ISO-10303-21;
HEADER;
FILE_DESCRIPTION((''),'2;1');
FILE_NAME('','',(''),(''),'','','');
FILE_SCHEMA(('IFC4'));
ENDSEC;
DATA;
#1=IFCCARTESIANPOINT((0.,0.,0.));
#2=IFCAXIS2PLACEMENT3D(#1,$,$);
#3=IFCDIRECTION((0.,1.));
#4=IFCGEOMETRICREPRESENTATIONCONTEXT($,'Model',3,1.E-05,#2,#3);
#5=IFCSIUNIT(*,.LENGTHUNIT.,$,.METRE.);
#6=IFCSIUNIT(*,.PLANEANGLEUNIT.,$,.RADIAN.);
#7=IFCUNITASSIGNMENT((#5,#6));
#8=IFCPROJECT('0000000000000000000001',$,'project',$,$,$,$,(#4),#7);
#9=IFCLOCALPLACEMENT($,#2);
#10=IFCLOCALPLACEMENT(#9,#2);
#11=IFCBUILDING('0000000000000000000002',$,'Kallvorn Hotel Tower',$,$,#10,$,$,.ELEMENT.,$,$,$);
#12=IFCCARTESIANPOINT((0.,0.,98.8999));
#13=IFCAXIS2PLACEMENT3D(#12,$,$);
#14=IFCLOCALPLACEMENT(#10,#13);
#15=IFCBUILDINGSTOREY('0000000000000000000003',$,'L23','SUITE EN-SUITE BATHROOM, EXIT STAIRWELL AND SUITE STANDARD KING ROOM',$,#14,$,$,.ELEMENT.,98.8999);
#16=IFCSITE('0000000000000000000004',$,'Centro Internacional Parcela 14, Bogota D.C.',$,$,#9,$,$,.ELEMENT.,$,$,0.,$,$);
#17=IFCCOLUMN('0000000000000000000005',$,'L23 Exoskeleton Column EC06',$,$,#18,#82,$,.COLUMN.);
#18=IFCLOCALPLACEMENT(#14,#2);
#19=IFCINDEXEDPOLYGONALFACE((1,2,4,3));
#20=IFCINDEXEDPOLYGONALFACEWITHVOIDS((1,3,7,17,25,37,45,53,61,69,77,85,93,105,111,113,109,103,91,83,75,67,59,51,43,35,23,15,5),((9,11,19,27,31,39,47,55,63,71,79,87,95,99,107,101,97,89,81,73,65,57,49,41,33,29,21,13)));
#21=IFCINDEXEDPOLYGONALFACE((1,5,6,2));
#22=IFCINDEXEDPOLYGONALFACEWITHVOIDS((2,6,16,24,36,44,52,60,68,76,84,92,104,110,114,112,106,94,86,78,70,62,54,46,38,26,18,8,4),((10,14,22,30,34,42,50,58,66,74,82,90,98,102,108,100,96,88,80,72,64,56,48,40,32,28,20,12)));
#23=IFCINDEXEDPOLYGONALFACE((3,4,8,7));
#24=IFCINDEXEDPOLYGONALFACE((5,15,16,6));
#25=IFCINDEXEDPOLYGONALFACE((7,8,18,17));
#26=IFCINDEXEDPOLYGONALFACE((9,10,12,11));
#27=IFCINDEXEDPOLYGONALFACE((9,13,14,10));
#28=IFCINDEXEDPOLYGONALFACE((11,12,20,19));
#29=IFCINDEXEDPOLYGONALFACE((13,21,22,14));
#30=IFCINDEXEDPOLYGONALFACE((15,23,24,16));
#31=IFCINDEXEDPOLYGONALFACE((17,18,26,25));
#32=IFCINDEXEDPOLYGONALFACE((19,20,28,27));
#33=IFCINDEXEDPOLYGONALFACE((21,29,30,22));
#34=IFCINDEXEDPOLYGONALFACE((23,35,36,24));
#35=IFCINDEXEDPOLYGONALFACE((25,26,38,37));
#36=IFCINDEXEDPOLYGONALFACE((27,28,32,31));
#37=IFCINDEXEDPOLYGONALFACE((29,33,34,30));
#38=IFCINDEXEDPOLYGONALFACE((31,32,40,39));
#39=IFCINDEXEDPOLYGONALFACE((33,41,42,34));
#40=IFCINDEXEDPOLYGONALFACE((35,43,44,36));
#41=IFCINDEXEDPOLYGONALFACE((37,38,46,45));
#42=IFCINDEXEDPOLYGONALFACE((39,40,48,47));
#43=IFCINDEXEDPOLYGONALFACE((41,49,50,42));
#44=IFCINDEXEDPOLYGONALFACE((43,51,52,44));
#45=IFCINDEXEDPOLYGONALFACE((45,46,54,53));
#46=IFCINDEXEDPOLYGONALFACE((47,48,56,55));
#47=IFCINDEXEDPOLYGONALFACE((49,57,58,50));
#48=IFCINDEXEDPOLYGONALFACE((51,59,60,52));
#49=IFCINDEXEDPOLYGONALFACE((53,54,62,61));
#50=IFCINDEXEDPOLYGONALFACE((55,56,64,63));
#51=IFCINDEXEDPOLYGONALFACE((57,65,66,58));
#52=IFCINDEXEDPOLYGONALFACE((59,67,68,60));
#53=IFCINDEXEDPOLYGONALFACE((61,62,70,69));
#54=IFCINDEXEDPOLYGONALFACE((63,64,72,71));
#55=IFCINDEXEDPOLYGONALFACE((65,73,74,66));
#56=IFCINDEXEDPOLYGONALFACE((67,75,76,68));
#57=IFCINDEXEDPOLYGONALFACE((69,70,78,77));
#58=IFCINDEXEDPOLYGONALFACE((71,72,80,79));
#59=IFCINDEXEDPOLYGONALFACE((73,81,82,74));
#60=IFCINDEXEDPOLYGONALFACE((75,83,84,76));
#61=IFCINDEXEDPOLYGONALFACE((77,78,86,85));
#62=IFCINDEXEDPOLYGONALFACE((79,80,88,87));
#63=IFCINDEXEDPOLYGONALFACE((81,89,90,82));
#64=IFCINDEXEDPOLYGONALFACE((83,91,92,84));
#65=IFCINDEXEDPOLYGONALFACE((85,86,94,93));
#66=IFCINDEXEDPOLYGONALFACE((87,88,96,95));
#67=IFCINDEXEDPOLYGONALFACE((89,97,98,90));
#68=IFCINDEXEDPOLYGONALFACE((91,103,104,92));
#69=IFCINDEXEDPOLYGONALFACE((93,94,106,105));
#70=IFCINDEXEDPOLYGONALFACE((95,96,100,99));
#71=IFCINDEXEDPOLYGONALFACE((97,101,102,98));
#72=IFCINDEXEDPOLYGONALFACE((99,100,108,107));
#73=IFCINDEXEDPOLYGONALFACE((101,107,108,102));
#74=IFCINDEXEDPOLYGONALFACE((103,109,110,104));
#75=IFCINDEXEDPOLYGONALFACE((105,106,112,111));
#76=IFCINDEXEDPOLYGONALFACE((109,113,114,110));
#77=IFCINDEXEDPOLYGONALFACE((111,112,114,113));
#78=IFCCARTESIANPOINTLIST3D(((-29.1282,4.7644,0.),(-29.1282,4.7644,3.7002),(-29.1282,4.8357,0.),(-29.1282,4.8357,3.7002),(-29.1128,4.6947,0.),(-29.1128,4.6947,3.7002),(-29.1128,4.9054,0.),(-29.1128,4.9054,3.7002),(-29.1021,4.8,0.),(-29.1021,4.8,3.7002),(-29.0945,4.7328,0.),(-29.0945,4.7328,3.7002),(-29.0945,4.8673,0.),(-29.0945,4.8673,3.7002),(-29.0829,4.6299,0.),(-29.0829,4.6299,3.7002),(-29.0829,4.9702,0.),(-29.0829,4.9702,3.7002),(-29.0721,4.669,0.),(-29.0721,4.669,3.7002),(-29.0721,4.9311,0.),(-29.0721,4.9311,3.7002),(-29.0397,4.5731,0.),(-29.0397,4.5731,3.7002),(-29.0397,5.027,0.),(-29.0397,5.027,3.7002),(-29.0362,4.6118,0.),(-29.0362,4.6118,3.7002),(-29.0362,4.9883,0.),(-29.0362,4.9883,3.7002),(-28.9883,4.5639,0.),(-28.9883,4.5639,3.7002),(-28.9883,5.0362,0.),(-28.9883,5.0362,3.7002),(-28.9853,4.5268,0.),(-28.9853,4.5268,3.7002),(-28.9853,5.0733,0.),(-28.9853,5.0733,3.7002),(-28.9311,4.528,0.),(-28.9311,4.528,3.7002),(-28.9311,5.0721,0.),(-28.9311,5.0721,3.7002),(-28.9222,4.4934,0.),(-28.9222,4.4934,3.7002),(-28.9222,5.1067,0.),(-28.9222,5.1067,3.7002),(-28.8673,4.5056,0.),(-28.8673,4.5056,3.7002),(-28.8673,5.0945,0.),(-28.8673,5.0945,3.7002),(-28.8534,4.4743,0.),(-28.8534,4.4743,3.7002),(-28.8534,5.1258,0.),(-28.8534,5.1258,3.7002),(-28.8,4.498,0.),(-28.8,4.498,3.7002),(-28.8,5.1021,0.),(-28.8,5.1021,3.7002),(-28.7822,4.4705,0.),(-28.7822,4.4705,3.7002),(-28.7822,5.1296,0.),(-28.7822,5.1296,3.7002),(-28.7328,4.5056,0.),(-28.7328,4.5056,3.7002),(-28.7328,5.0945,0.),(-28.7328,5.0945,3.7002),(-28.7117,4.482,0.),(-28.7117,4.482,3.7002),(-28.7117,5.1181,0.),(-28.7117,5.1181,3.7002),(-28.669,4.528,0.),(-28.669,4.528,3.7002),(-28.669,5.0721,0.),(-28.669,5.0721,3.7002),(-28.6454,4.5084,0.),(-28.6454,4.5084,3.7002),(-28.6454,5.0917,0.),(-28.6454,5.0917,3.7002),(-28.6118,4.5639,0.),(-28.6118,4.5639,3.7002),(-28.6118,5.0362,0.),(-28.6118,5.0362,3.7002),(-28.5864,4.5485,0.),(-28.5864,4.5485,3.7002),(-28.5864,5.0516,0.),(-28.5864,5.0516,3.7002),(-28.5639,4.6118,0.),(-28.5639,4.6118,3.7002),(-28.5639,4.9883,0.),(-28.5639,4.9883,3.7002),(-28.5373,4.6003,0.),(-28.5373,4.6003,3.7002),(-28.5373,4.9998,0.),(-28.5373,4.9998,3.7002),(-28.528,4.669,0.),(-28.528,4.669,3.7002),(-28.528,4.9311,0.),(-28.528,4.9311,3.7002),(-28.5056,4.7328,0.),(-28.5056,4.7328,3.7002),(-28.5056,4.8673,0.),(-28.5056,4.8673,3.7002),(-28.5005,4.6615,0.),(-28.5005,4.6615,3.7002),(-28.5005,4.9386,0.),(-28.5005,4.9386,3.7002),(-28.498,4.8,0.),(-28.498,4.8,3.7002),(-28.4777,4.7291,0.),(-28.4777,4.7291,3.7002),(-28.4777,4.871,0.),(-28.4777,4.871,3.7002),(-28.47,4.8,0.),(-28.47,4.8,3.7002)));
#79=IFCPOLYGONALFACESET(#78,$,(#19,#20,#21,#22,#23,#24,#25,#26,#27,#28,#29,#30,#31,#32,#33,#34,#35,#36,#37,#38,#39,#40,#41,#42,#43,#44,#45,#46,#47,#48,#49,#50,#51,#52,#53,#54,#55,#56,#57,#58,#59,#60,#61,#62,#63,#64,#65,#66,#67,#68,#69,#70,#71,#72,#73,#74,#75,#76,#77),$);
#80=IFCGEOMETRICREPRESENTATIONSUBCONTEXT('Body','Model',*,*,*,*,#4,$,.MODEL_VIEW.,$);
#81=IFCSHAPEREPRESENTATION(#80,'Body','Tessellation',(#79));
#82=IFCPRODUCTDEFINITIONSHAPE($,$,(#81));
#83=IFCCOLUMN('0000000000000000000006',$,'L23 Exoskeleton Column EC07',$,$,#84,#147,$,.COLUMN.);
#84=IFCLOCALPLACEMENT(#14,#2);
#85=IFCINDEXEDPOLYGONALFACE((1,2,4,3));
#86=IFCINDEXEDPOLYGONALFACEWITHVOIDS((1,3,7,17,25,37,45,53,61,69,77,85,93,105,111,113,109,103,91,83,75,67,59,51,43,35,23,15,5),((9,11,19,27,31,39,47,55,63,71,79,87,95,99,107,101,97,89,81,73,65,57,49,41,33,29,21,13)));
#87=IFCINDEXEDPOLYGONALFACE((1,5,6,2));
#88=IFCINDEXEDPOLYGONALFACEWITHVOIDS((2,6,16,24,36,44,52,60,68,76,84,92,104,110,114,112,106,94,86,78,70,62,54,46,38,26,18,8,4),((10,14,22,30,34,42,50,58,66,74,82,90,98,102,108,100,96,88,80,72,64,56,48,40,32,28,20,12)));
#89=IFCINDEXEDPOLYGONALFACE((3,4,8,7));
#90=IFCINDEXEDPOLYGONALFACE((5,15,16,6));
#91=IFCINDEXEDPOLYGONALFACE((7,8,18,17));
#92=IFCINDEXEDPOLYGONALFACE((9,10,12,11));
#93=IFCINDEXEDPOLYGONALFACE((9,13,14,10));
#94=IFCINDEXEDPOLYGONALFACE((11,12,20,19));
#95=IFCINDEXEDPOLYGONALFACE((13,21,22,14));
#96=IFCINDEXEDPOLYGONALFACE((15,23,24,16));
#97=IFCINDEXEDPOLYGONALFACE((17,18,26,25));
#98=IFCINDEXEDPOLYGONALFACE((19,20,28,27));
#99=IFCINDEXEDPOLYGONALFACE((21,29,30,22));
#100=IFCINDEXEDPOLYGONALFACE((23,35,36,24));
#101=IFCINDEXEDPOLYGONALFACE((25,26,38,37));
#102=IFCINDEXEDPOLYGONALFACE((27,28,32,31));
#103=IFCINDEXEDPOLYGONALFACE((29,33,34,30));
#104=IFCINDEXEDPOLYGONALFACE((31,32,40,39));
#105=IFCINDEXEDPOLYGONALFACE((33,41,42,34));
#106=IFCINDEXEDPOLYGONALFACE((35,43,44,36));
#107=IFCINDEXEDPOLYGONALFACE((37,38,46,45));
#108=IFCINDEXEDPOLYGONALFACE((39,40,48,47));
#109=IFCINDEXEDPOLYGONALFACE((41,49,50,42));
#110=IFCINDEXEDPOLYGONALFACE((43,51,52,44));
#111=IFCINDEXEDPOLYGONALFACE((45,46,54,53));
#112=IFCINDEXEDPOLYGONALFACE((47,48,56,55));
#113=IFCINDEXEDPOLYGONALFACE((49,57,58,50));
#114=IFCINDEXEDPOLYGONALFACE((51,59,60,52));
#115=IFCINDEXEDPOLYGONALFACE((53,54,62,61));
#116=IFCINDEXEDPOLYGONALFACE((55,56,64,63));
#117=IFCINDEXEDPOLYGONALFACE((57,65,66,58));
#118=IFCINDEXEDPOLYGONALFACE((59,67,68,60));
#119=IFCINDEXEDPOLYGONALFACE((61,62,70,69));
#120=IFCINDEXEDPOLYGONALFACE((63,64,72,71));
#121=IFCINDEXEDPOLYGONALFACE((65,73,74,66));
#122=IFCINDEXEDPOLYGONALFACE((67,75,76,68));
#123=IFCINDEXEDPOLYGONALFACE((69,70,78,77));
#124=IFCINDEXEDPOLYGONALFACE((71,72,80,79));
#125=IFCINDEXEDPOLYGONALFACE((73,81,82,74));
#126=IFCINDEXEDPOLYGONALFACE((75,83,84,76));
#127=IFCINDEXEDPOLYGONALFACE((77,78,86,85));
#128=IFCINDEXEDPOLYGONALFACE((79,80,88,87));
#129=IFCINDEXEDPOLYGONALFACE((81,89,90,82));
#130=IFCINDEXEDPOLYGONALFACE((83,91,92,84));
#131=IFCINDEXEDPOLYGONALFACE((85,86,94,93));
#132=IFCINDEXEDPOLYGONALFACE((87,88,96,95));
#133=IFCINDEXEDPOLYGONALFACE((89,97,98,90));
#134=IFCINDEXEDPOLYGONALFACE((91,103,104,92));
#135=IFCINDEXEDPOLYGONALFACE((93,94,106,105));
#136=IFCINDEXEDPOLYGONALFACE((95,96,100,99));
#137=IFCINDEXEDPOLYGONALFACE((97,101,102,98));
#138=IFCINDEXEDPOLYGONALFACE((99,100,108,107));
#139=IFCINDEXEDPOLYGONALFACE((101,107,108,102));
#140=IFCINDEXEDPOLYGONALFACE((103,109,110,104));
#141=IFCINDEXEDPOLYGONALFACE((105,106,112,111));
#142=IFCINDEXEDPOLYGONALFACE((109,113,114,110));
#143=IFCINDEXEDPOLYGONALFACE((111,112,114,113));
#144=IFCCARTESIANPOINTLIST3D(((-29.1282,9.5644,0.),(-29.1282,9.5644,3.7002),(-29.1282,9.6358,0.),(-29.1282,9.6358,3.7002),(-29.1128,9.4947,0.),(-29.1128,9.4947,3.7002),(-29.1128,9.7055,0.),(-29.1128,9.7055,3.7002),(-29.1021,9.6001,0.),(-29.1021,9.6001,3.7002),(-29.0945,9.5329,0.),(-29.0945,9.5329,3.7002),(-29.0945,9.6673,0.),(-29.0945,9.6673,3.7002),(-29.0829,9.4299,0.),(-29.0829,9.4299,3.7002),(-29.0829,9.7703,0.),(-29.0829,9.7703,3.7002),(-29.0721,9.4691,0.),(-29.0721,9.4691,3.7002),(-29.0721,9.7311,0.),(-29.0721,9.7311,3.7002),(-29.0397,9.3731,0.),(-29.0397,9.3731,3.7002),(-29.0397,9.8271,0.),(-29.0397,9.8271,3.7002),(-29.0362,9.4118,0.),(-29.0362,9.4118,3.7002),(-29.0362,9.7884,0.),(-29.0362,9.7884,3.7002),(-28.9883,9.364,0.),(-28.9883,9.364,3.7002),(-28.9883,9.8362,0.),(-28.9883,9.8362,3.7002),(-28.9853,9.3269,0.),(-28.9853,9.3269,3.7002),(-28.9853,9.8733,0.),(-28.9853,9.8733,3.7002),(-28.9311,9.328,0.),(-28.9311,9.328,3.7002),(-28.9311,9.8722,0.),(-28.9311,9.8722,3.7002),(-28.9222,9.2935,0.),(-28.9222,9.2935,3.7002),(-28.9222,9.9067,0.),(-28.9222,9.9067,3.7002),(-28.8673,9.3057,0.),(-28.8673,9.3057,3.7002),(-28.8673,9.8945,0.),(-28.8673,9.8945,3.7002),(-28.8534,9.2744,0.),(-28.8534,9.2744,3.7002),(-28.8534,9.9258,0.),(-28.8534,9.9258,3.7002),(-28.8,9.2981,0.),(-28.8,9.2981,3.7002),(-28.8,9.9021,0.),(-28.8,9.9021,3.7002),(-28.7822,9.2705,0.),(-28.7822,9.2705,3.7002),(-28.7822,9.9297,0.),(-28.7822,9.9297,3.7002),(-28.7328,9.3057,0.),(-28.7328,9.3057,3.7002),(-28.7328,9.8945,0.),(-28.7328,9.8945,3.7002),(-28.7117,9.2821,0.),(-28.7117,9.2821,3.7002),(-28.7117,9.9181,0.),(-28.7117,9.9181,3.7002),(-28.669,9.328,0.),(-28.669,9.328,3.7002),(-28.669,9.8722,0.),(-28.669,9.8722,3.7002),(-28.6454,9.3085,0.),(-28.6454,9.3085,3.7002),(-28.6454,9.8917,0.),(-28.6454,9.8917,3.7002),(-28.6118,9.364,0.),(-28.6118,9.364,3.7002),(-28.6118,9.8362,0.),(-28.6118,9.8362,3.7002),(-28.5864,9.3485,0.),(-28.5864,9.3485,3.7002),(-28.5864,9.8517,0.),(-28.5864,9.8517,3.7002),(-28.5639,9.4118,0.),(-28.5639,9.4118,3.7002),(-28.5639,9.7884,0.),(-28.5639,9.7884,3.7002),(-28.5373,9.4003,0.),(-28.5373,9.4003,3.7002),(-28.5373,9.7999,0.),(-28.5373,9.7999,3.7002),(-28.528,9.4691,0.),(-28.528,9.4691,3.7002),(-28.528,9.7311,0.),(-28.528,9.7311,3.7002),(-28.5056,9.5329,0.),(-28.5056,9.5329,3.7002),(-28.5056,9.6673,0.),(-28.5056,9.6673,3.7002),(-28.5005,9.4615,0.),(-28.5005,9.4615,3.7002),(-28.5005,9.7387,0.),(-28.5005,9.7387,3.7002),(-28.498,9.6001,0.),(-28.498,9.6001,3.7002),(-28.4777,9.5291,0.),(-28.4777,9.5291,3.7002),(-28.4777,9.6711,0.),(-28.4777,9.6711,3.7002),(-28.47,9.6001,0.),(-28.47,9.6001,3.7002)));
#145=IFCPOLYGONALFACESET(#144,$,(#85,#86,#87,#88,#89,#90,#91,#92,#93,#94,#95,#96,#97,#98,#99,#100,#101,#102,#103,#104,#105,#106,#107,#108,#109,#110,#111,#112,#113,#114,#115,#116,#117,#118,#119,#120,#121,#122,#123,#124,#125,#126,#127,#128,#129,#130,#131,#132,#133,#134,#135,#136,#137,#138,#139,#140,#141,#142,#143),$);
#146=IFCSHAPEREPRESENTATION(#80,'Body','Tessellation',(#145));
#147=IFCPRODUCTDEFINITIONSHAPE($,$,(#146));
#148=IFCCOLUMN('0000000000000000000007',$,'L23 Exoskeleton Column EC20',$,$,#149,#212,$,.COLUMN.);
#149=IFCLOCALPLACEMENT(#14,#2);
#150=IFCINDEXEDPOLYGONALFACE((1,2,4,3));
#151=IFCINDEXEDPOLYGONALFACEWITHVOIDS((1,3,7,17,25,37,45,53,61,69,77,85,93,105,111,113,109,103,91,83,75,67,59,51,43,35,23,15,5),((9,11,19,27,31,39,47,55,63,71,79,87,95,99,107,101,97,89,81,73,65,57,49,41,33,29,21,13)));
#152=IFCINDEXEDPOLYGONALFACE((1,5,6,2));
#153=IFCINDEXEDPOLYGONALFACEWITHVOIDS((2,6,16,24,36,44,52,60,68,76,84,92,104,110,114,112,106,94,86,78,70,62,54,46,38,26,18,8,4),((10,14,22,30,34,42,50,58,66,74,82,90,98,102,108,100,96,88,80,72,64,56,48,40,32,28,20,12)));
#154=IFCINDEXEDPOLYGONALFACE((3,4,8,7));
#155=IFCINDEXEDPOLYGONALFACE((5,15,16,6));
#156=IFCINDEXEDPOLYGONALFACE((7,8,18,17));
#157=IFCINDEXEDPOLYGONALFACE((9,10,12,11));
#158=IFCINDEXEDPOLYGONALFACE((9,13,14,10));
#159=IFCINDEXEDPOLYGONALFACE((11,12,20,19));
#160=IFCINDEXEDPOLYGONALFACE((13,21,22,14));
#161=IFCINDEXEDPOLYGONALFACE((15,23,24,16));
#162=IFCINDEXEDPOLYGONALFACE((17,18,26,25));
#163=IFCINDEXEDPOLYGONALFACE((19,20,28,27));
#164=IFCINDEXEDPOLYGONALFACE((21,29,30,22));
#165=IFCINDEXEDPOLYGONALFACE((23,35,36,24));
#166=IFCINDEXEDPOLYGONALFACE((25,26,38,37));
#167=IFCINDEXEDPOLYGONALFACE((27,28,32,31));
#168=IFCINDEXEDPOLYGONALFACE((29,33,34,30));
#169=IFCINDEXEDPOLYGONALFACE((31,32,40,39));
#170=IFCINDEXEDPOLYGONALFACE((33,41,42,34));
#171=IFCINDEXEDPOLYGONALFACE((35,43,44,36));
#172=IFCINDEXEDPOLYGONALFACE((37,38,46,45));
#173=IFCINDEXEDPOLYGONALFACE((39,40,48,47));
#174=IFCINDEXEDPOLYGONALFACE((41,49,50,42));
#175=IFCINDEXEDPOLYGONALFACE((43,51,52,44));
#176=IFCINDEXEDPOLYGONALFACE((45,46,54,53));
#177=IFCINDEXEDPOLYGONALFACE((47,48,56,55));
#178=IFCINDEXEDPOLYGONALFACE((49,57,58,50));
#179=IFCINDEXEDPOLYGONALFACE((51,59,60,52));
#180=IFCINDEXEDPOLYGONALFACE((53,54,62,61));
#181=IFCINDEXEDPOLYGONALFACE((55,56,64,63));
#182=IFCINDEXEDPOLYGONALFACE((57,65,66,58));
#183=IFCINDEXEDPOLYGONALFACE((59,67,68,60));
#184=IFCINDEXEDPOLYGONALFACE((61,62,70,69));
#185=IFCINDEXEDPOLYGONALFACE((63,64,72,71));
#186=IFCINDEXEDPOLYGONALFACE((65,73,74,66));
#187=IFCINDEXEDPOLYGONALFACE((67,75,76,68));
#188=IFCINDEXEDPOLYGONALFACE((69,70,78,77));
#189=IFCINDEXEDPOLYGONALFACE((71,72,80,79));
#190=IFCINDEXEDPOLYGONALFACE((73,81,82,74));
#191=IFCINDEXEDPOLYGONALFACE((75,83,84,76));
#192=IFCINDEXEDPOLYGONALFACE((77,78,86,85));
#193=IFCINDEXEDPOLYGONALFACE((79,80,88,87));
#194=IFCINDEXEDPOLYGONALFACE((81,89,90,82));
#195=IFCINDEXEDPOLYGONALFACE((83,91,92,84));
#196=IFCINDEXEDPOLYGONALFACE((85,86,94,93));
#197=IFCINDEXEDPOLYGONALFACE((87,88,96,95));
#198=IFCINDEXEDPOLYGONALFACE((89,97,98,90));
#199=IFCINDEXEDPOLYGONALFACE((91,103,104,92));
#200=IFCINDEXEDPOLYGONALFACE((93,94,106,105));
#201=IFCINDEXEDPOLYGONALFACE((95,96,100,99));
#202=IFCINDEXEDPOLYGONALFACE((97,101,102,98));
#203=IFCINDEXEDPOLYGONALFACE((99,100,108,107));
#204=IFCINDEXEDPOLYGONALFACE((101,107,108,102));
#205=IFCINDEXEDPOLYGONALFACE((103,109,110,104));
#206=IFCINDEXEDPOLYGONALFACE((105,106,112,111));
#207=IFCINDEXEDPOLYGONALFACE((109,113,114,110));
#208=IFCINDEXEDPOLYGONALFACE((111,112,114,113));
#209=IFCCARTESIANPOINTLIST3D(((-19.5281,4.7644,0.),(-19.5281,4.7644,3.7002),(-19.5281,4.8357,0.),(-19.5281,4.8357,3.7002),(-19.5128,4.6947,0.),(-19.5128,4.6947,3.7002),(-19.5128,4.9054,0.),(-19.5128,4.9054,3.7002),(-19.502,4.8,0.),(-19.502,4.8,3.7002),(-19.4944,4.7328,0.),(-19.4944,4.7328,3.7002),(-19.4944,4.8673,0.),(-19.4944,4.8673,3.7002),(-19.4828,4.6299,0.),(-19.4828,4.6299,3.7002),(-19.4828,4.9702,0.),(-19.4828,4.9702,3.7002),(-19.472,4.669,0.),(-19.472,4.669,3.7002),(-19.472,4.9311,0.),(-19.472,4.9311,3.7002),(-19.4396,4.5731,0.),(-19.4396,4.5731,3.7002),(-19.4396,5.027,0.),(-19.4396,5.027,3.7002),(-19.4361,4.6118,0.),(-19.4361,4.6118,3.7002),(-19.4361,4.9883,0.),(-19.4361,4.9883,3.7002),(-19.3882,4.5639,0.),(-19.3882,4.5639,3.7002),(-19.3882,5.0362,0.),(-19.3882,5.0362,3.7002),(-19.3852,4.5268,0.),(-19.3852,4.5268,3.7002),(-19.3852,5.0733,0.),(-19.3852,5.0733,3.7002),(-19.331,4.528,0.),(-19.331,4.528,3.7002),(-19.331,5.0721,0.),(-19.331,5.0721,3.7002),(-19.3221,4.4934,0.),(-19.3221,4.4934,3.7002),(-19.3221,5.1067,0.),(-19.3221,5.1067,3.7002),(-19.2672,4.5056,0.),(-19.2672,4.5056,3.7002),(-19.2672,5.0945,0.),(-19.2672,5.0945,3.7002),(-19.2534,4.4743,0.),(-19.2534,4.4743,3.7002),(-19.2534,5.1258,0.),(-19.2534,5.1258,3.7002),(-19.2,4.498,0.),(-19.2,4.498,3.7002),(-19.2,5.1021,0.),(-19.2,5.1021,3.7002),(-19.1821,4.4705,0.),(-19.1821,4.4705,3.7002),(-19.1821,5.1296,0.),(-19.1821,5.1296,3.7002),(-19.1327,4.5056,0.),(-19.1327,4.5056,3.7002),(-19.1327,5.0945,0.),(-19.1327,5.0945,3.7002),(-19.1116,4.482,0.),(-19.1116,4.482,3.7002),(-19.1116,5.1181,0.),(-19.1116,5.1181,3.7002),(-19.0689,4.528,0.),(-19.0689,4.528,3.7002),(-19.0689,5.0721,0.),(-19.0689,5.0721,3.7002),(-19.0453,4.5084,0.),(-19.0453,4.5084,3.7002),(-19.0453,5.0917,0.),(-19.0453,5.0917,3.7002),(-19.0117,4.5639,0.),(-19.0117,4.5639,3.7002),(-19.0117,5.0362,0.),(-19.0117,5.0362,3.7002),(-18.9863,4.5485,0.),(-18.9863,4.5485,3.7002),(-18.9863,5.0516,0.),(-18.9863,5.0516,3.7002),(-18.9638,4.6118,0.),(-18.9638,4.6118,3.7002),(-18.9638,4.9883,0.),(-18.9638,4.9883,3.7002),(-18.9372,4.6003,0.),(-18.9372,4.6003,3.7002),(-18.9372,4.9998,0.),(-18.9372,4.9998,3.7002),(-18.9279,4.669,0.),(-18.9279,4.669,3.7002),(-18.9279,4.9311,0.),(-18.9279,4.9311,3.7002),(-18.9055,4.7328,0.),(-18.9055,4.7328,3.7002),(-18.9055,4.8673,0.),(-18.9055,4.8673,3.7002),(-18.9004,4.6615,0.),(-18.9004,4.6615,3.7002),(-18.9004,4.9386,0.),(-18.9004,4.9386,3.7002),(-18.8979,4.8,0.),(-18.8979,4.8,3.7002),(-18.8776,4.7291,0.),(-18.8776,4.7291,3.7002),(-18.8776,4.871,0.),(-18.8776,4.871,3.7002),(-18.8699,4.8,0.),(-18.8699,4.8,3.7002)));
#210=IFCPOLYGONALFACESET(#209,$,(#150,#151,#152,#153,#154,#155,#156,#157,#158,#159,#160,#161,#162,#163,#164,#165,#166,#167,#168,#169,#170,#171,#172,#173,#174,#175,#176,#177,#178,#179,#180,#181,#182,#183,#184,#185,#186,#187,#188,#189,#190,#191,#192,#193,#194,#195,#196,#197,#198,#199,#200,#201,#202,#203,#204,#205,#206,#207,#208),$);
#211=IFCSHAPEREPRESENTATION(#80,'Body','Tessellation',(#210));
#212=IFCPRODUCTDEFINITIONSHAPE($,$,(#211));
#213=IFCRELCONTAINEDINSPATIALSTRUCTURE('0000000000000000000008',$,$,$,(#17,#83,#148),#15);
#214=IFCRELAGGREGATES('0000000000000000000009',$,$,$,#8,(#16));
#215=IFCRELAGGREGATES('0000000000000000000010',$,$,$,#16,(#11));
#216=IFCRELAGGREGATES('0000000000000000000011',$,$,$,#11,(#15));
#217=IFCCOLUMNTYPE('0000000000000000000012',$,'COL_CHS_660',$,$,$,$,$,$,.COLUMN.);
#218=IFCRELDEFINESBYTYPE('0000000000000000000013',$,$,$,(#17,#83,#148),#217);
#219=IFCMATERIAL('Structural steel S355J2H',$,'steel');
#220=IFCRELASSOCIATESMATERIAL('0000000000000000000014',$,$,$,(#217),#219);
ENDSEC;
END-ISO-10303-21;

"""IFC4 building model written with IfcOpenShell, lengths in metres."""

from ifc_helpers import new_model, si_unit, direction, frame, origin, origin_2d, place, context, subcontext, project, spatial, hollow_circle, extrude, material, material_profile, profile_set, type_object, element, save


model = new_model("IFC4")

# Units and contexts
model_context = context("Model", 3, precision=1e-05, world=origin(), true_north=direction((0.0, 1.0)))
body_context = subcontext(model_context, "Body", "Model", "MODEL_VIEW")
ifc_project = project(units=[si_unit("LENGTHUNIT", "METRE"), si_unit("PLANEANGLEUNIT", "RADIAN")], contexts=[model_context])

# Site, building, storey
site_placement = place(None, origin())
site = spatial("IfcSite", under=ifc_project, at=site_placement, Name="Centro Internacional Parcela 14, Bogota D.C.", CompositionType="ELEMENT", RefElevation=0.0)
building_placement = place(site_placement, origin())
building = spatial("IfcBuilding", under=site, at=building_placement, Name="Kallvorn Hotel Tower", CompositionType="ELEMENT")
storey_placement = place(building_placement, frame((0.0, 0.0, 98.8999)))
storey = spatial("IfcBuildingStorey", under=building, at=storey_placement, Name="L23", Description="SUITE EN-SUITE BATHROOM, EXIT STAIRWELL AND SUITE STANDARD KING ROOM", CompositionType="ELEMENT", Elevation=98.8999)

# Columns
ifc_material_1 = material(Name="Structural steel S355J2H", Category="steel")
ifc_material_profile_1 = material_profile(ifc_material_1, hollow_circle(Radius=0.3301, WallThickness=0.0281, at=origin_2d()), Name="CHS 660x28")
ifc_profile_set_1 = profile_set([ifc_material_profile_1], Name="Structural steel S355J2H")
column_type_1 = type_object("IfcColumnType", Name="COL_CHS_660", PredefinedType="COLUMN", material=ifc_profile_set_1)
for number, where, z_axis, x_axis, name in (
    (1, (-28.8, 4.8, 0.0), (0.0, 0.0, 1.0), (1.0, 0.0, 0.0), "L23 Exoskeleton Column EC06"),
    (2, (-28.8, 9.6001, 0.0), (0.0, 0.0, 1.0), (1.0, 0.0, 0.0), "L23 Exoskeleton Column EC07"),
    (3, (-19.2, 4.8, 0.0), (0.0, 0.0, 1.0), (1.0, 0.0, 0.0), "L23 Exoskeleton Column EC20"),
):
    element("IfcColumn", number, at=place(storey_placement, frame(where, z_axis=z_axis, x_axis=x_axis)), inside=storey, type_object=column_type_1, Name=name, PredefinedType="COLUMN", context=body_context, shape_type="SweptSolid", body=[
        extrude(hollow_circle(Radius=0.3301, WallThickness=0.0281, at=origin_2d()), origin(), (0.0, 0.0, 1.0), 3.7002),
    ])

save(model, "model.ifc")
